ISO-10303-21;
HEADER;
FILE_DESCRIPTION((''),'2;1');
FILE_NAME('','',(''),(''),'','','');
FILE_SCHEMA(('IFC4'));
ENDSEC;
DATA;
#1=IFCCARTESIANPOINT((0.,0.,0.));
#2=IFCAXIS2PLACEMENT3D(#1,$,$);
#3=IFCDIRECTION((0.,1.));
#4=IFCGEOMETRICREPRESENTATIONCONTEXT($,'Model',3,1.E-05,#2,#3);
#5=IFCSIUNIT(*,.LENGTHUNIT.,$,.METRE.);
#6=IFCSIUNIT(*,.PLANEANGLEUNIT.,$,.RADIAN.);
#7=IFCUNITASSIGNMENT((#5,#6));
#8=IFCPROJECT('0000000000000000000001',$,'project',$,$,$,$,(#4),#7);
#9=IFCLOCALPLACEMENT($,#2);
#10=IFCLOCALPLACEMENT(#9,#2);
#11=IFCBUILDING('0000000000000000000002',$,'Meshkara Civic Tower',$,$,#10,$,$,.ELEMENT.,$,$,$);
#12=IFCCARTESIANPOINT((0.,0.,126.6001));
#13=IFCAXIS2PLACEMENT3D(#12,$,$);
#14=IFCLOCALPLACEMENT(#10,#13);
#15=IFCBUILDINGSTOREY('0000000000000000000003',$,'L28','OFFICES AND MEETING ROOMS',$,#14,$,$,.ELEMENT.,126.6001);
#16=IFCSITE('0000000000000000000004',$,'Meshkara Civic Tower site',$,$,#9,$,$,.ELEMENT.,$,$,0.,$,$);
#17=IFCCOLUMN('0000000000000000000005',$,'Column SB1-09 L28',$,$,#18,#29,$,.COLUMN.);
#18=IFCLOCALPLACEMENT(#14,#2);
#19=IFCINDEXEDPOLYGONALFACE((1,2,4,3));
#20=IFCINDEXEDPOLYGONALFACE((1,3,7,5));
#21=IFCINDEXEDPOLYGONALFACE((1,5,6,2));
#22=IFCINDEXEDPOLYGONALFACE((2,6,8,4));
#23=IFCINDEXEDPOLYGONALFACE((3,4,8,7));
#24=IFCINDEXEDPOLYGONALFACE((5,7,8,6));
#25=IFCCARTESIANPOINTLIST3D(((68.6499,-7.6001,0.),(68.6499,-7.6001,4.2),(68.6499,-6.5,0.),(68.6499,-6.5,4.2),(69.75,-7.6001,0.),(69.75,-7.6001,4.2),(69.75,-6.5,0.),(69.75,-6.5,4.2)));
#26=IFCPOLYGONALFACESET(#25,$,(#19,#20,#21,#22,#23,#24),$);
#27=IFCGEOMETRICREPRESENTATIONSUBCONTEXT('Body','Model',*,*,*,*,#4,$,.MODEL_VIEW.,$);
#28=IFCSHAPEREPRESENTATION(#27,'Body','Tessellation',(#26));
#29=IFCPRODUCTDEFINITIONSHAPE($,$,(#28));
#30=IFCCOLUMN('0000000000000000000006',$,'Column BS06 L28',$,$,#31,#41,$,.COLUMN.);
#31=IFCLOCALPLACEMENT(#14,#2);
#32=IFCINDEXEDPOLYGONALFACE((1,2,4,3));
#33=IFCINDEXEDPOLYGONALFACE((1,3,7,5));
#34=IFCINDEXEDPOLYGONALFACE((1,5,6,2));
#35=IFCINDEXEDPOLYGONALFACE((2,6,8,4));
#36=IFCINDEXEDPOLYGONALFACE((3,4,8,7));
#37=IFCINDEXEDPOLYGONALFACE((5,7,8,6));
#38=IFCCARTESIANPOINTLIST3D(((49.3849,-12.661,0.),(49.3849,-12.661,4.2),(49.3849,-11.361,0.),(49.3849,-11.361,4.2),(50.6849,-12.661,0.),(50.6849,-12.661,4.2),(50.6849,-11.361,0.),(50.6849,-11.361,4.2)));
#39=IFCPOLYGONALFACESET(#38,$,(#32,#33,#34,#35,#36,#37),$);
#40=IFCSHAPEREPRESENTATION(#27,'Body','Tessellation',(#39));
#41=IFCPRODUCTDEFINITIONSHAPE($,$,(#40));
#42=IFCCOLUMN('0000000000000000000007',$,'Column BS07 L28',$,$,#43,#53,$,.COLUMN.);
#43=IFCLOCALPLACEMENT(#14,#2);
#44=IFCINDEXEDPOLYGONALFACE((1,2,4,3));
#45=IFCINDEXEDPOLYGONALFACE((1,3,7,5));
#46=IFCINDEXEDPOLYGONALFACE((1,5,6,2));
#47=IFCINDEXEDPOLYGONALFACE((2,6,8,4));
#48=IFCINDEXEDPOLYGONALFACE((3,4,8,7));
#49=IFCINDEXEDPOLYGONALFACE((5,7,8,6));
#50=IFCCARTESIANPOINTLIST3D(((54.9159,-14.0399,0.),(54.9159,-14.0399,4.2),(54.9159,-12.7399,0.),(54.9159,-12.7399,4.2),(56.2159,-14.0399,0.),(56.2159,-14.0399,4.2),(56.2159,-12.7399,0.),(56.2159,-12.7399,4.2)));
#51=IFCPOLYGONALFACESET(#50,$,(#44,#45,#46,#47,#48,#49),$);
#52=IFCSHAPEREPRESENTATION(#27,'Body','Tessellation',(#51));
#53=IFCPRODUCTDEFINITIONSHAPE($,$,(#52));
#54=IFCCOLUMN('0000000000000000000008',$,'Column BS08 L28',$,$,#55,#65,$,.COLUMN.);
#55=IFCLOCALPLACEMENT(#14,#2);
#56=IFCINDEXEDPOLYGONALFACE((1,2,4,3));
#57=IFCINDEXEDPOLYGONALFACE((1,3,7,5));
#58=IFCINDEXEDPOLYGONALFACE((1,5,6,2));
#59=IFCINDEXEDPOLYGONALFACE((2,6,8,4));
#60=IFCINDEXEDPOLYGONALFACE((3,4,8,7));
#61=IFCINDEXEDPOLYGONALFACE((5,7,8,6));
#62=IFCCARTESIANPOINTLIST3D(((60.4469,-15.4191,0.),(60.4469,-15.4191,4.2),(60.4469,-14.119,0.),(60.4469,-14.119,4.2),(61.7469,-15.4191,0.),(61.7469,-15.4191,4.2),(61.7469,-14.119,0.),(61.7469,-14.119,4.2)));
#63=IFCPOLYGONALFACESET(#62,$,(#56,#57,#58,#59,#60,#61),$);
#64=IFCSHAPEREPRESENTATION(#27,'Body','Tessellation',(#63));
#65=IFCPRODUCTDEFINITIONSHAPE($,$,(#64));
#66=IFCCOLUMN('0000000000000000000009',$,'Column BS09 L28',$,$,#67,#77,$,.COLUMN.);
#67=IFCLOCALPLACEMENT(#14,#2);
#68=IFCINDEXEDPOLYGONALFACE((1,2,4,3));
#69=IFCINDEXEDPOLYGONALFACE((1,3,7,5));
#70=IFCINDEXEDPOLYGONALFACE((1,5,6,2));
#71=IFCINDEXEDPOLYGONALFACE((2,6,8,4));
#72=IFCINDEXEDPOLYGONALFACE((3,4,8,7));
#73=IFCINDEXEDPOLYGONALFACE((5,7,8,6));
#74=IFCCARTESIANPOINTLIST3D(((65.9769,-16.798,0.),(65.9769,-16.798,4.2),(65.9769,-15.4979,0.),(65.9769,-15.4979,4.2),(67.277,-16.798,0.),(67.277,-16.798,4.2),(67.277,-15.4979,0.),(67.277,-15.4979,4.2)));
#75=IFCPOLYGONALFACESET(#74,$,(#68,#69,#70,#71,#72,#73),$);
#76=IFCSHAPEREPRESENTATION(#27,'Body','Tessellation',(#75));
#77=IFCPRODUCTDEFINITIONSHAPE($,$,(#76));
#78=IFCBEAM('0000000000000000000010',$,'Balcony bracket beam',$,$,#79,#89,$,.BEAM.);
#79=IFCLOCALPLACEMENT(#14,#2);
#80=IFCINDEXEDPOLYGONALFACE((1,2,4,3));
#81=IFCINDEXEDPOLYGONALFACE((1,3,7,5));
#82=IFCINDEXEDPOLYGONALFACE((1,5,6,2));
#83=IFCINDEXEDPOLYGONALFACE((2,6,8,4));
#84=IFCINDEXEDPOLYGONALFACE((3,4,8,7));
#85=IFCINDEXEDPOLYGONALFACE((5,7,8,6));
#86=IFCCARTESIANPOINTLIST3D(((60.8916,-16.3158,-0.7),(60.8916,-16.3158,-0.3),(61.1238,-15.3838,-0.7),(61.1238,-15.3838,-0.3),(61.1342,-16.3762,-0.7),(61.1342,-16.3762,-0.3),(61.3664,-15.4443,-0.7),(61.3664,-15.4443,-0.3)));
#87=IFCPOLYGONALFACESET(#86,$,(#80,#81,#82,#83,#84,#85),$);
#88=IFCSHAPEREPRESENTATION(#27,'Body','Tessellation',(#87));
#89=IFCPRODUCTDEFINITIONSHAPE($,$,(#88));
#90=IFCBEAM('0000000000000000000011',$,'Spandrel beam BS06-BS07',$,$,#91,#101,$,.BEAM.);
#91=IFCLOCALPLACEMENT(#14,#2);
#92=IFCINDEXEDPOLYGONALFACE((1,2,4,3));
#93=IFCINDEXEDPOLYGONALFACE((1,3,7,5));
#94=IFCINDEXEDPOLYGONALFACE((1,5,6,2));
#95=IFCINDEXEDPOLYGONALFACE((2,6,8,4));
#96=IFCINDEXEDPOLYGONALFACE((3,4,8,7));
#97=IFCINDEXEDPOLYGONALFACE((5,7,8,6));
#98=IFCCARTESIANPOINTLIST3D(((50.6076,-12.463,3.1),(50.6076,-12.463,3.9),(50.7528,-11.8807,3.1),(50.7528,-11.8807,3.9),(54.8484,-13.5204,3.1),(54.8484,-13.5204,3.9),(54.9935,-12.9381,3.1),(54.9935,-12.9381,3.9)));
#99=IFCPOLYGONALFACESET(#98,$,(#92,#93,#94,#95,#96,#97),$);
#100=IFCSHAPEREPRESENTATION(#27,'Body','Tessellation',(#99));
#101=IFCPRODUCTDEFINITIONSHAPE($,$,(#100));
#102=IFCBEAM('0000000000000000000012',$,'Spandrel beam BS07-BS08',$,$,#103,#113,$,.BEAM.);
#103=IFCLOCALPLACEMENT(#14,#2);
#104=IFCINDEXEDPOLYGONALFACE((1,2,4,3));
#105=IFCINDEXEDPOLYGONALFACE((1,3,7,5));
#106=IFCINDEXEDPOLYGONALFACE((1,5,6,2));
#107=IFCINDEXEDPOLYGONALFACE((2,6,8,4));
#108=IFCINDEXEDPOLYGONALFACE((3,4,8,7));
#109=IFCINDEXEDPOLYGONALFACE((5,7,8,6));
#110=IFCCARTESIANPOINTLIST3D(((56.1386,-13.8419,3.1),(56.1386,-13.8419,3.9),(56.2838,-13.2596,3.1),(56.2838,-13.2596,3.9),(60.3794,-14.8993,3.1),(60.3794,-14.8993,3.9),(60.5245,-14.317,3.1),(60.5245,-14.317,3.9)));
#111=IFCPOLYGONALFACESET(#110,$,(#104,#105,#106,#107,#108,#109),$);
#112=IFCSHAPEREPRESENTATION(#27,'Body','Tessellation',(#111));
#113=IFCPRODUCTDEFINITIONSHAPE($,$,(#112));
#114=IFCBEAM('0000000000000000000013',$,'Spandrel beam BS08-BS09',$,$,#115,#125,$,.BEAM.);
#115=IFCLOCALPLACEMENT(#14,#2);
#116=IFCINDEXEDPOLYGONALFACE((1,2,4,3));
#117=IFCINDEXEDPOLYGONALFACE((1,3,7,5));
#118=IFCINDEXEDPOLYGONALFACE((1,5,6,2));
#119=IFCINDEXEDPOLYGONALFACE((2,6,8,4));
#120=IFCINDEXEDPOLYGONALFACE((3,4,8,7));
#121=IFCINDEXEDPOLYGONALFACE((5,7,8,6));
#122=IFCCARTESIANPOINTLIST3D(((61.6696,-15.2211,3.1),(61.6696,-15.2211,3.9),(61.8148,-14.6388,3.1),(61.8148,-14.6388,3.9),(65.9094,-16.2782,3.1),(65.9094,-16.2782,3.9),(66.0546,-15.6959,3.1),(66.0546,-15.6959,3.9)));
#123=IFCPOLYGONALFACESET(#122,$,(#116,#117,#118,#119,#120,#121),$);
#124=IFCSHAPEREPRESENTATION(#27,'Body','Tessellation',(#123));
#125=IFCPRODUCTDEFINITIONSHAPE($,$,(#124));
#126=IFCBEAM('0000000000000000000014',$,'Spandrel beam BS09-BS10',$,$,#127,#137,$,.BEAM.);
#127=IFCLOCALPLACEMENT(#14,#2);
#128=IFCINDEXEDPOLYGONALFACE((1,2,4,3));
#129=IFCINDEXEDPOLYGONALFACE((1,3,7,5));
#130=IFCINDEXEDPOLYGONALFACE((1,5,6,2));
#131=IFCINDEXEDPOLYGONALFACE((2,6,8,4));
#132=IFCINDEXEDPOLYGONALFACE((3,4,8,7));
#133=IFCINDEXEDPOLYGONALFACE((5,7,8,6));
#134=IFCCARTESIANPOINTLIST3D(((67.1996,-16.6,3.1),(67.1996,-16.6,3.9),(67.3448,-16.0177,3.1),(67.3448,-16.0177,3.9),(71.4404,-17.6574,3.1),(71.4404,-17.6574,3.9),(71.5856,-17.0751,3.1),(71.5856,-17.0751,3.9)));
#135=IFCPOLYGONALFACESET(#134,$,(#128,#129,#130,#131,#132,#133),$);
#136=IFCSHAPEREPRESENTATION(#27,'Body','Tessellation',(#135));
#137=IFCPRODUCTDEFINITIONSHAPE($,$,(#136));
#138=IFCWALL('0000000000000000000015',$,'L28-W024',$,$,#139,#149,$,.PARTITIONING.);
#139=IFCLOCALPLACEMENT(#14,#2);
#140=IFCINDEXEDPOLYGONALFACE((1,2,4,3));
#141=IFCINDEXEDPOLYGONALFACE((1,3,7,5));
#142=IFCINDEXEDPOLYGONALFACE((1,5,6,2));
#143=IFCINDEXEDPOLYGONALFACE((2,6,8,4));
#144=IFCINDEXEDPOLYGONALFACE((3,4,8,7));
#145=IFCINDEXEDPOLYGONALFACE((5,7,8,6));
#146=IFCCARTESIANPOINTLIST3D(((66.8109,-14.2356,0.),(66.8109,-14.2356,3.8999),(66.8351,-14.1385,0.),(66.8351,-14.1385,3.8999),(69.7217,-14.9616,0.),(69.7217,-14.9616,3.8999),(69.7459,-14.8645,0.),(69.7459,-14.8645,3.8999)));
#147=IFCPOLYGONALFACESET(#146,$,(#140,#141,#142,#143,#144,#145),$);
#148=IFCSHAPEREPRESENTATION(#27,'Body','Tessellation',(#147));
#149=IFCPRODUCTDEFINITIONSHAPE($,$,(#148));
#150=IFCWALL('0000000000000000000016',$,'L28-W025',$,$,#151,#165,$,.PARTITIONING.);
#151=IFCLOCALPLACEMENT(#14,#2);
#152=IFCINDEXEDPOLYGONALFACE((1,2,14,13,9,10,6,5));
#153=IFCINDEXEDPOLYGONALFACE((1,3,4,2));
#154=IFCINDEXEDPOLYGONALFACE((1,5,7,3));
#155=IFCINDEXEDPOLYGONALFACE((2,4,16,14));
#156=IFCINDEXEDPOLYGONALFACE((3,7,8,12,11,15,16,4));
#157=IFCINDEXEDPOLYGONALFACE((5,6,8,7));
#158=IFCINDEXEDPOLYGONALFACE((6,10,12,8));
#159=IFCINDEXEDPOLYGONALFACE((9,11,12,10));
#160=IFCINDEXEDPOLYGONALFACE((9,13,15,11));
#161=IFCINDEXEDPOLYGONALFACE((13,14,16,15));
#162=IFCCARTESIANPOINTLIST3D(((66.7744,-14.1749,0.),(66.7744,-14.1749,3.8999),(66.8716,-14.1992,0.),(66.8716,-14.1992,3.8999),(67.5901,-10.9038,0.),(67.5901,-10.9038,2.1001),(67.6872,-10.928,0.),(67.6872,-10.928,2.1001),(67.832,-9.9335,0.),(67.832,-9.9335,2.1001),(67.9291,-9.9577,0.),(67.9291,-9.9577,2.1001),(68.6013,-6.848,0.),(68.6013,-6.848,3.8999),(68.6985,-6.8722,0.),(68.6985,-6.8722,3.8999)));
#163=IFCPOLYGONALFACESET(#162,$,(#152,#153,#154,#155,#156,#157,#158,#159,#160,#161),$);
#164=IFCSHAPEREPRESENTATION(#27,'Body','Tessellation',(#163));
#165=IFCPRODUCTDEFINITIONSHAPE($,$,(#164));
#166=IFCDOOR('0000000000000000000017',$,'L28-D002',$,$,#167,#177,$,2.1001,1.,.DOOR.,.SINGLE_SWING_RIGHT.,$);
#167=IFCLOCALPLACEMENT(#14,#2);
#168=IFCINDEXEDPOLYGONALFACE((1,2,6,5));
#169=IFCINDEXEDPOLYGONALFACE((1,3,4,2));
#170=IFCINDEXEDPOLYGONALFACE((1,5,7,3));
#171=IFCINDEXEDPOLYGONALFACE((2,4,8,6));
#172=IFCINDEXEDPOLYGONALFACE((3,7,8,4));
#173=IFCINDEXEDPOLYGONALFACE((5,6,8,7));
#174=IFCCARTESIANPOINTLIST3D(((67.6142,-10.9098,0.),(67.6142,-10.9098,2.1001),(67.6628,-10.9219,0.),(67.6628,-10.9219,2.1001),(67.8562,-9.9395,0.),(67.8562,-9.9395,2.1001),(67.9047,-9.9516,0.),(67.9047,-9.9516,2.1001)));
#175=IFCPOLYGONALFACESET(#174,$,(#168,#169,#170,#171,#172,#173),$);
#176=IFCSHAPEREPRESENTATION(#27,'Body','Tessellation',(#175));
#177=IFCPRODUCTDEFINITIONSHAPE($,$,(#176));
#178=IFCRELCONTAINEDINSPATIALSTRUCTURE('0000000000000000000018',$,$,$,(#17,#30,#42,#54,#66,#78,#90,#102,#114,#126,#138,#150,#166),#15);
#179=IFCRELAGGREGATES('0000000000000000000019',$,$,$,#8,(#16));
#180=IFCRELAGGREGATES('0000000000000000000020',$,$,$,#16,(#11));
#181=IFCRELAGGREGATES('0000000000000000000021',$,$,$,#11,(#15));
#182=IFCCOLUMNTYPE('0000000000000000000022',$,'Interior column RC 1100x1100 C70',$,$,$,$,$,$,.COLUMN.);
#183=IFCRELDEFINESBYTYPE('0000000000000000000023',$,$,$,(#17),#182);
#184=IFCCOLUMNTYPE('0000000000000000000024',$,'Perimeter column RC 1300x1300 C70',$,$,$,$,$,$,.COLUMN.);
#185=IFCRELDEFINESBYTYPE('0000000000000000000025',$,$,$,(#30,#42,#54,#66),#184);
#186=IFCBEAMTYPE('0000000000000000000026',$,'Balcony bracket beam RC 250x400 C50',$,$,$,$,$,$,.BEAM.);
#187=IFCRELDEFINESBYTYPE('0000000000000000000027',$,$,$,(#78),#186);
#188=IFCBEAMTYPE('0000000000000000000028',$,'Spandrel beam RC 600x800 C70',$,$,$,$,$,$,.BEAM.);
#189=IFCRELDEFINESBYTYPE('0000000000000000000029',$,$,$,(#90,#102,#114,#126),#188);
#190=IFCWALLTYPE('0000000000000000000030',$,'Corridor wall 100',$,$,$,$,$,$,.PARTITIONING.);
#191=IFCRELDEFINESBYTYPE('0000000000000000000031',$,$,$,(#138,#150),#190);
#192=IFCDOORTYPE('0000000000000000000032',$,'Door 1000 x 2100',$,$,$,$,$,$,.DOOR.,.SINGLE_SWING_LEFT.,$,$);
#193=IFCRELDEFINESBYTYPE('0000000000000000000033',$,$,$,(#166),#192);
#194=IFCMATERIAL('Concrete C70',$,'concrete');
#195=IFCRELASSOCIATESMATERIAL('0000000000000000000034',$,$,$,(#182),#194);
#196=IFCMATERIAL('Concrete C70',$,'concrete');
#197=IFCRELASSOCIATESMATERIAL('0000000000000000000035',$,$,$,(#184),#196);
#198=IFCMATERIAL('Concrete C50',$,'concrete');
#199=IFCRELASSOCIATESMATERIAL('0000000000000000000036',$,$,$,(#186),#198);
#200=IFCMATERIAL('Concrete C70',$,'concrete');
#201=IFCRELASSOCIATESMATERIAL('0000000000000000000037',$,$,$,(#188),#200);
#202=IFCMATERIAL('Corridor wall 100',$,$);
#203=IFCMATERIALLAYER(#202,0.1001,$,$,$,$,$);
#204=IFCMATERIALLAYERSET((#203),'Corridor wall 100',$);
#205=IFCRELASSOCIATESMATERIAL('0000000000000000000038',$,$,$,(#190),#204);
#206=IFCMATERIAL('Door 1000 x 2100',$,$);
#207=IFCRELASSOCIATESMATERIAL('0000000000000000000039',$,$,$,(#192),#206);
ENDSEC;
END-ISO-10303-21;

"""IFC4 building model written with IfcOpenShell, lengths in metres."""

from ifc_helpers import new_model, si_unit, direction, frame, frame_2d, origin, origin_2d, place, context, subcontext, project, spatial, rectangle, extrude, material, layer, layer_set, material_profile, profile_set, type_object, element, fill, save


model = new_model("IFC4")

# Units and contexts
model_context = context("Model", 3, precision=1e-05, world=origin(), true_north=direction((0.0, 1.0)))
body_context = subcontext(model_context, "Body", "Model", "MODEL_VIEW")
ifc_project = project(units=[si_unit("LENGTHUNIT", "METRE"), si_unit("PLANEANGLEUNIT", "RADIAN")], contexts=[model_context])

# Site, building, storey
site_placement = place(None, origin())
site = spatial("IfcSite", under=ifc_project, at=site_placement, Name="Meshkara Civic Tower site", CompositionType="ELEMENT", RefElevation=0.0)
building_placement = place(site_placement, origin())
building = spatial("IfcBuilding", under=site, at=building_placement, Name="Meshkara Civic Tower", CompositionType="ELEMENT")
storey_placement = place(building_placement, frame((0.0, 0.0, 126.6001)))
storey = spatial("IfcBuildingStorey", under=building, at=storey_placement, Name="L28", Description="OFFICES AND MEETING ROOMS", CompositionType="ELEMENT", Elevation=126.6001)

# Columns
ifc_material_1 = material(Name="Concrete C70", Category="concrete")
ifc_material_profile_1 = material_profile(ifc_material_1, rectangle(XDim=1.1001, YDim=1.1001, at=origin_2d()))
ifc_profile_set_1 = profile_set([ifc_material_profile_1], Name="Concrete C70")
column_type_1 = type_object("IfcColumnType", Name="Interior column RC 1100x1100 C70", PredefinedType="COLUMN", material=ifc_profile_set_1)
column_placement = place(storey_placement, frame((69.2, -7.05, 0.0), z_axis=(0.0, 0.0, 1.0), x_axis=(1.0, 0.0, 0.0)))
element("IfcColumn", 1, at=column_placement, inside=storey, type_object=column_type_1, Name="Column SB1-09 L28", PredefinedType="COLUMN", context=body_context, shape_type="SweptSolid", body=[
    extrude(rectangle(XDim=1.1001, YDim=1.1001, at=origin_2d()), origin(), (0.0, 0.0, 1.0), 4.2),
])
ifc_material_2 = material(Name="Concrete C70", Category="concrete")
ifc_material_profile_2 = material_profile(ifc_material_2, rectangle(XDim=1.3, YDim=1.3, at=origin_2d()))
ifc_profile_set_2 = profile_set([ifc_material_profile_2], Name="Concrete C70")
column_type_2 = type_object("IfcColumnType", Name="Perimeter column RC 1300x1300 C70", PredefinedType="COLUMN", material=ifc_profile_set_2)
for number, where, z_axis, x_axis, name in (
    (2, (50.0349, -12.011, 0.0), (0.0, 0.0, 1.0), (1.0, 0.0, 0.0), "Column BS06 L28"),
    (3, (55.5659, -13.3899, 0.0), (0.0, 0.0, 1.0), (1.0, 0.0, 0.0), "Column BS07 L28"),
    (4, (61.0969, -14.769, 0.0), (0.0, 0.0, 1.0), (1.0, 0.0, 0.0), "Column BS08 L28"),
    (5, (66.627, -16.1479, 0.0), (0.0, 0.0, 1.0), (1.0, 0.0, 0.0), "Column BS09 L28"),
):
    element("IfcColumn", number, at=place(storey_placement, frame(where, z_axis=z_axis, x_axis=x_axis)), inside=storey, type_object=column_type_2, Name=name, PredefinedType="COLUMN", context=body_context, shape_type="SweptSolid", body=[
        extrude(rectangle(XDim=1.3, YDim=1.3, at=origin_2d()), origin(), (0.0, 0.0, 1.0), 4.2),
    ])

# Beams
ifc_material_3 = material(Name="Concrete C50", Category="concrete")
ifc_material_profile_3 = material_profile(ifc_material_3, rectangle(XDim=0.25, YDim=0.3999, at=origin_2d()))
ifc_profile_set_3 = profile_set([ifc_material_profile_3], Name="Concrete C50")
beam_type_1 = type_object("IfcBeamType", Name="Balcony bracket beam RC 250x400 C50", PredefinedType="BEAM", material=ifc_profile_set_3)
beam_1_placement = place(storey_placement, frame((61.2451, -15.4141, -0.5), z_axis=(-0.241758, -0.970337, 0.0), x_axis=(0.970337, -0.241758, 0.0)))
element("IfcBeam", 6, at=beam_1_placement, inside=storey, type_object=beam_type_1, Name="Balcony bracket beam", PredefinedType="BEAM", context=body_context, shape_type="SweptSolid", body=[
    extrude(rectangle(XDim=0.25, YDim=0.3999, at=origin_2d()), origin(), (0.0, 0.0, 1.0), 0.9604),
])
ifc_material_4 = material(Name="Concrete C70", Category="concrete")
ifc_material_profile_4 = material_profile(ifc_material_4, rectangle(XDim=0.6001, YDim=0.8, at=origin_2d()))
ifc_profile_set_4 = profile_set([ifc_material_profile_4], Name="Concrete C70")
beam_type_2 = type_object("IfcBeamType", Name="Spandrel beam RC 600x800 C70", PredefinedType="BEAM", material=ifc_profile_set_4)
for number, where, z_axis, x_axis, name in (
    (7, (50.6802, -12.1719, 3.5), (0.970293, -0.241931, 0.0), (0.241931, 0.970293, 0.0), "Spandrel beam BS06-BS07"),
    (8, (56.2112, -13.5508, 3.5), (0.970293, -0.241931, 0.0), (0.241931, 0.970293, 0.0), "Spandrel beam BS07-BS08"),
):
    element("IfcBeam", number, at=place(storey_placement, frame(where, z_axis=z_axis, x_axis=x_axis)), inside=storey, type_object=beam_type_2, Name=name, PredefinedType="BEAM", context=body_context, shape_type="SweptSolid", body=[
        extrude(rectangle(XDim=0.6001, YDim=0.8, at=origin_2d()), origin(), (0.0, 0.0, 1.0), 4.3706),
    ])
beam_2_placement = place(storey_placement, frame((61.7422, -14.9299, 3.5), z_axis=(0.970293, -0.241931, 0.0), x_axis=(0.241931, 0.970293, 0.0)))
element("IfcBeam", 9, at=beam_2_placement, inside=storey, type_object=beam_type_2, Name="Spandrel beam BS08-BS09", PredefinedType="BEAM", context=body_context, shape_type="SweptSolid", body=[
    extrude(rectangle(XDim=0.6001, YDim=0.8, at=origin_2d()), origin(), (0.0, 0.0, 1.0), 4.3696),
])
beam_3_placement = place(storey_placement, frame((67.2722, -16.3088, 3.5), z_axis=(0.970293, -0.241931, 0.0), x_axis=(0.241931, 0.970293, 0.0)))
element("IfcBeam", 10, at=beam_3_placement, inside=storey, type_object=beam_type_2, Name="Spandrel beam BS09-BS10", PredefinedType="BEAM", context=body_context, shape_type="SweptSolid", body=[
    extrude(rectangle(XDim=0.6001, YDim=0.8, at=origin_2d()), origin(), (0.0, 0.0, 1.0), 4.3706),
])

# Wall
ifc_material_5 = material(Name="Corridor wall 100")
ifc_layer_1 = layer(ifc_material_5, 0.1001)
ifc_layer_set_1 = layer_set([ifc_layer_1], Name="Corridor wall 100")
wall_type_1 = type_object("IfcWallType", Name="Corridor wall 100", PredefinedType="PARTITIONING", material=ifc_layer_set_1)
wall_1_placement = place(storey_placement, frame((66.823, -14.187, 0.0), z_axis=(0.0, 0.0, 1.0), x_axis=(0.970272, -0.242019, 0.0)))
element("IfcWall", 11, at=wall_1_placement, inside=storey, type_object=wall_type_1, Name="L28-W024", PredefinedType="PARTITIONING", context=body_context, shape_type="SweptSolid", body=[
    extrude(rectangle(XDim=3.0, YDim=0.1001, at=frame_2d((1.5, 0.0))), origin(), (0.0, 0.0, 1.0), 3.8999),
])

# Wall, opening, door
wall_2_placement = place(storey_placement, frame((68.6499, -6.8601, 0.0), z_axis=(0.0, 0.0, 1.0), x_axis=(-0.241935, -0.970293, 0.0)))
wall_2 = element("IfcWall", 12, at=wall_2_placement, inside=storey, type_object=wall_type_1, Name="L28-W025", PredefinedType="PARTITIONING", context=body_context, shape_type="SweptSolid", body=[
    extrude(rectangle(XDim=7.5513, YDim=0.1001, at=frame_2d((3.7756, 0.0))), origin(), (0.0, 0.0, 1.0), 3.8999),
])
opening_1_placement = place(wall_2_placement, frame((3.1799, 0.0, 0.0)))
opening_1 = element("IfcOpeningElement", 13, at=opening_1_placement, cuts=wall_2, PredefinedType="OPENING", context=body_context, shape_type="SweptSolid", body=[
    extrude(rectangle(XDim=1.0, YDim=2.1001, at=frame_2d((0.5, 1.05))), frame((0.0, 0.0601, 0.0), z_axis=(0.0, -1.0, 0.0), x_axis=(1.0, 0.0, 0.0)), (0.0, 0.0, 1.0), 0.1201),
])
ifc_material_6 = material(Name="Door 1000 x 2100")
door_type_1 = type_object("IfcDoorType", Name="Door 1000 x 2100", OperationType="SINGLE_SWING_LEFT", PredefinedType="DOOR", material=ifc_material_6)
door_1_placement = place(opening_1_placement, origin())
door_1 = element("IfcDoor", 14, at=door_1_placement, inside=storey, type_object=door_type_1, Name="L28-D002", OperationType="SINGLE_SWING_RIGHT", OverallHeight=2.1001, OverallWidth=1.0, PredefinedType="DOOR", context=body_context, shape_type="SweptSolid", body=[
    extrude(rectangle(XDim=1.0, YDim=2.1001, at=frame_2d((0.5, 1.05))), frame((0.0, 0.0249, 0.0), z_axis=(0.0, -1.0, 0.0), x_axis=(1.0, 0.0, 0.0)), (0.0, 0.0, 1.0), 0.05),
])
fill(opening_1, door_1)

save(model, "model.ifc")
